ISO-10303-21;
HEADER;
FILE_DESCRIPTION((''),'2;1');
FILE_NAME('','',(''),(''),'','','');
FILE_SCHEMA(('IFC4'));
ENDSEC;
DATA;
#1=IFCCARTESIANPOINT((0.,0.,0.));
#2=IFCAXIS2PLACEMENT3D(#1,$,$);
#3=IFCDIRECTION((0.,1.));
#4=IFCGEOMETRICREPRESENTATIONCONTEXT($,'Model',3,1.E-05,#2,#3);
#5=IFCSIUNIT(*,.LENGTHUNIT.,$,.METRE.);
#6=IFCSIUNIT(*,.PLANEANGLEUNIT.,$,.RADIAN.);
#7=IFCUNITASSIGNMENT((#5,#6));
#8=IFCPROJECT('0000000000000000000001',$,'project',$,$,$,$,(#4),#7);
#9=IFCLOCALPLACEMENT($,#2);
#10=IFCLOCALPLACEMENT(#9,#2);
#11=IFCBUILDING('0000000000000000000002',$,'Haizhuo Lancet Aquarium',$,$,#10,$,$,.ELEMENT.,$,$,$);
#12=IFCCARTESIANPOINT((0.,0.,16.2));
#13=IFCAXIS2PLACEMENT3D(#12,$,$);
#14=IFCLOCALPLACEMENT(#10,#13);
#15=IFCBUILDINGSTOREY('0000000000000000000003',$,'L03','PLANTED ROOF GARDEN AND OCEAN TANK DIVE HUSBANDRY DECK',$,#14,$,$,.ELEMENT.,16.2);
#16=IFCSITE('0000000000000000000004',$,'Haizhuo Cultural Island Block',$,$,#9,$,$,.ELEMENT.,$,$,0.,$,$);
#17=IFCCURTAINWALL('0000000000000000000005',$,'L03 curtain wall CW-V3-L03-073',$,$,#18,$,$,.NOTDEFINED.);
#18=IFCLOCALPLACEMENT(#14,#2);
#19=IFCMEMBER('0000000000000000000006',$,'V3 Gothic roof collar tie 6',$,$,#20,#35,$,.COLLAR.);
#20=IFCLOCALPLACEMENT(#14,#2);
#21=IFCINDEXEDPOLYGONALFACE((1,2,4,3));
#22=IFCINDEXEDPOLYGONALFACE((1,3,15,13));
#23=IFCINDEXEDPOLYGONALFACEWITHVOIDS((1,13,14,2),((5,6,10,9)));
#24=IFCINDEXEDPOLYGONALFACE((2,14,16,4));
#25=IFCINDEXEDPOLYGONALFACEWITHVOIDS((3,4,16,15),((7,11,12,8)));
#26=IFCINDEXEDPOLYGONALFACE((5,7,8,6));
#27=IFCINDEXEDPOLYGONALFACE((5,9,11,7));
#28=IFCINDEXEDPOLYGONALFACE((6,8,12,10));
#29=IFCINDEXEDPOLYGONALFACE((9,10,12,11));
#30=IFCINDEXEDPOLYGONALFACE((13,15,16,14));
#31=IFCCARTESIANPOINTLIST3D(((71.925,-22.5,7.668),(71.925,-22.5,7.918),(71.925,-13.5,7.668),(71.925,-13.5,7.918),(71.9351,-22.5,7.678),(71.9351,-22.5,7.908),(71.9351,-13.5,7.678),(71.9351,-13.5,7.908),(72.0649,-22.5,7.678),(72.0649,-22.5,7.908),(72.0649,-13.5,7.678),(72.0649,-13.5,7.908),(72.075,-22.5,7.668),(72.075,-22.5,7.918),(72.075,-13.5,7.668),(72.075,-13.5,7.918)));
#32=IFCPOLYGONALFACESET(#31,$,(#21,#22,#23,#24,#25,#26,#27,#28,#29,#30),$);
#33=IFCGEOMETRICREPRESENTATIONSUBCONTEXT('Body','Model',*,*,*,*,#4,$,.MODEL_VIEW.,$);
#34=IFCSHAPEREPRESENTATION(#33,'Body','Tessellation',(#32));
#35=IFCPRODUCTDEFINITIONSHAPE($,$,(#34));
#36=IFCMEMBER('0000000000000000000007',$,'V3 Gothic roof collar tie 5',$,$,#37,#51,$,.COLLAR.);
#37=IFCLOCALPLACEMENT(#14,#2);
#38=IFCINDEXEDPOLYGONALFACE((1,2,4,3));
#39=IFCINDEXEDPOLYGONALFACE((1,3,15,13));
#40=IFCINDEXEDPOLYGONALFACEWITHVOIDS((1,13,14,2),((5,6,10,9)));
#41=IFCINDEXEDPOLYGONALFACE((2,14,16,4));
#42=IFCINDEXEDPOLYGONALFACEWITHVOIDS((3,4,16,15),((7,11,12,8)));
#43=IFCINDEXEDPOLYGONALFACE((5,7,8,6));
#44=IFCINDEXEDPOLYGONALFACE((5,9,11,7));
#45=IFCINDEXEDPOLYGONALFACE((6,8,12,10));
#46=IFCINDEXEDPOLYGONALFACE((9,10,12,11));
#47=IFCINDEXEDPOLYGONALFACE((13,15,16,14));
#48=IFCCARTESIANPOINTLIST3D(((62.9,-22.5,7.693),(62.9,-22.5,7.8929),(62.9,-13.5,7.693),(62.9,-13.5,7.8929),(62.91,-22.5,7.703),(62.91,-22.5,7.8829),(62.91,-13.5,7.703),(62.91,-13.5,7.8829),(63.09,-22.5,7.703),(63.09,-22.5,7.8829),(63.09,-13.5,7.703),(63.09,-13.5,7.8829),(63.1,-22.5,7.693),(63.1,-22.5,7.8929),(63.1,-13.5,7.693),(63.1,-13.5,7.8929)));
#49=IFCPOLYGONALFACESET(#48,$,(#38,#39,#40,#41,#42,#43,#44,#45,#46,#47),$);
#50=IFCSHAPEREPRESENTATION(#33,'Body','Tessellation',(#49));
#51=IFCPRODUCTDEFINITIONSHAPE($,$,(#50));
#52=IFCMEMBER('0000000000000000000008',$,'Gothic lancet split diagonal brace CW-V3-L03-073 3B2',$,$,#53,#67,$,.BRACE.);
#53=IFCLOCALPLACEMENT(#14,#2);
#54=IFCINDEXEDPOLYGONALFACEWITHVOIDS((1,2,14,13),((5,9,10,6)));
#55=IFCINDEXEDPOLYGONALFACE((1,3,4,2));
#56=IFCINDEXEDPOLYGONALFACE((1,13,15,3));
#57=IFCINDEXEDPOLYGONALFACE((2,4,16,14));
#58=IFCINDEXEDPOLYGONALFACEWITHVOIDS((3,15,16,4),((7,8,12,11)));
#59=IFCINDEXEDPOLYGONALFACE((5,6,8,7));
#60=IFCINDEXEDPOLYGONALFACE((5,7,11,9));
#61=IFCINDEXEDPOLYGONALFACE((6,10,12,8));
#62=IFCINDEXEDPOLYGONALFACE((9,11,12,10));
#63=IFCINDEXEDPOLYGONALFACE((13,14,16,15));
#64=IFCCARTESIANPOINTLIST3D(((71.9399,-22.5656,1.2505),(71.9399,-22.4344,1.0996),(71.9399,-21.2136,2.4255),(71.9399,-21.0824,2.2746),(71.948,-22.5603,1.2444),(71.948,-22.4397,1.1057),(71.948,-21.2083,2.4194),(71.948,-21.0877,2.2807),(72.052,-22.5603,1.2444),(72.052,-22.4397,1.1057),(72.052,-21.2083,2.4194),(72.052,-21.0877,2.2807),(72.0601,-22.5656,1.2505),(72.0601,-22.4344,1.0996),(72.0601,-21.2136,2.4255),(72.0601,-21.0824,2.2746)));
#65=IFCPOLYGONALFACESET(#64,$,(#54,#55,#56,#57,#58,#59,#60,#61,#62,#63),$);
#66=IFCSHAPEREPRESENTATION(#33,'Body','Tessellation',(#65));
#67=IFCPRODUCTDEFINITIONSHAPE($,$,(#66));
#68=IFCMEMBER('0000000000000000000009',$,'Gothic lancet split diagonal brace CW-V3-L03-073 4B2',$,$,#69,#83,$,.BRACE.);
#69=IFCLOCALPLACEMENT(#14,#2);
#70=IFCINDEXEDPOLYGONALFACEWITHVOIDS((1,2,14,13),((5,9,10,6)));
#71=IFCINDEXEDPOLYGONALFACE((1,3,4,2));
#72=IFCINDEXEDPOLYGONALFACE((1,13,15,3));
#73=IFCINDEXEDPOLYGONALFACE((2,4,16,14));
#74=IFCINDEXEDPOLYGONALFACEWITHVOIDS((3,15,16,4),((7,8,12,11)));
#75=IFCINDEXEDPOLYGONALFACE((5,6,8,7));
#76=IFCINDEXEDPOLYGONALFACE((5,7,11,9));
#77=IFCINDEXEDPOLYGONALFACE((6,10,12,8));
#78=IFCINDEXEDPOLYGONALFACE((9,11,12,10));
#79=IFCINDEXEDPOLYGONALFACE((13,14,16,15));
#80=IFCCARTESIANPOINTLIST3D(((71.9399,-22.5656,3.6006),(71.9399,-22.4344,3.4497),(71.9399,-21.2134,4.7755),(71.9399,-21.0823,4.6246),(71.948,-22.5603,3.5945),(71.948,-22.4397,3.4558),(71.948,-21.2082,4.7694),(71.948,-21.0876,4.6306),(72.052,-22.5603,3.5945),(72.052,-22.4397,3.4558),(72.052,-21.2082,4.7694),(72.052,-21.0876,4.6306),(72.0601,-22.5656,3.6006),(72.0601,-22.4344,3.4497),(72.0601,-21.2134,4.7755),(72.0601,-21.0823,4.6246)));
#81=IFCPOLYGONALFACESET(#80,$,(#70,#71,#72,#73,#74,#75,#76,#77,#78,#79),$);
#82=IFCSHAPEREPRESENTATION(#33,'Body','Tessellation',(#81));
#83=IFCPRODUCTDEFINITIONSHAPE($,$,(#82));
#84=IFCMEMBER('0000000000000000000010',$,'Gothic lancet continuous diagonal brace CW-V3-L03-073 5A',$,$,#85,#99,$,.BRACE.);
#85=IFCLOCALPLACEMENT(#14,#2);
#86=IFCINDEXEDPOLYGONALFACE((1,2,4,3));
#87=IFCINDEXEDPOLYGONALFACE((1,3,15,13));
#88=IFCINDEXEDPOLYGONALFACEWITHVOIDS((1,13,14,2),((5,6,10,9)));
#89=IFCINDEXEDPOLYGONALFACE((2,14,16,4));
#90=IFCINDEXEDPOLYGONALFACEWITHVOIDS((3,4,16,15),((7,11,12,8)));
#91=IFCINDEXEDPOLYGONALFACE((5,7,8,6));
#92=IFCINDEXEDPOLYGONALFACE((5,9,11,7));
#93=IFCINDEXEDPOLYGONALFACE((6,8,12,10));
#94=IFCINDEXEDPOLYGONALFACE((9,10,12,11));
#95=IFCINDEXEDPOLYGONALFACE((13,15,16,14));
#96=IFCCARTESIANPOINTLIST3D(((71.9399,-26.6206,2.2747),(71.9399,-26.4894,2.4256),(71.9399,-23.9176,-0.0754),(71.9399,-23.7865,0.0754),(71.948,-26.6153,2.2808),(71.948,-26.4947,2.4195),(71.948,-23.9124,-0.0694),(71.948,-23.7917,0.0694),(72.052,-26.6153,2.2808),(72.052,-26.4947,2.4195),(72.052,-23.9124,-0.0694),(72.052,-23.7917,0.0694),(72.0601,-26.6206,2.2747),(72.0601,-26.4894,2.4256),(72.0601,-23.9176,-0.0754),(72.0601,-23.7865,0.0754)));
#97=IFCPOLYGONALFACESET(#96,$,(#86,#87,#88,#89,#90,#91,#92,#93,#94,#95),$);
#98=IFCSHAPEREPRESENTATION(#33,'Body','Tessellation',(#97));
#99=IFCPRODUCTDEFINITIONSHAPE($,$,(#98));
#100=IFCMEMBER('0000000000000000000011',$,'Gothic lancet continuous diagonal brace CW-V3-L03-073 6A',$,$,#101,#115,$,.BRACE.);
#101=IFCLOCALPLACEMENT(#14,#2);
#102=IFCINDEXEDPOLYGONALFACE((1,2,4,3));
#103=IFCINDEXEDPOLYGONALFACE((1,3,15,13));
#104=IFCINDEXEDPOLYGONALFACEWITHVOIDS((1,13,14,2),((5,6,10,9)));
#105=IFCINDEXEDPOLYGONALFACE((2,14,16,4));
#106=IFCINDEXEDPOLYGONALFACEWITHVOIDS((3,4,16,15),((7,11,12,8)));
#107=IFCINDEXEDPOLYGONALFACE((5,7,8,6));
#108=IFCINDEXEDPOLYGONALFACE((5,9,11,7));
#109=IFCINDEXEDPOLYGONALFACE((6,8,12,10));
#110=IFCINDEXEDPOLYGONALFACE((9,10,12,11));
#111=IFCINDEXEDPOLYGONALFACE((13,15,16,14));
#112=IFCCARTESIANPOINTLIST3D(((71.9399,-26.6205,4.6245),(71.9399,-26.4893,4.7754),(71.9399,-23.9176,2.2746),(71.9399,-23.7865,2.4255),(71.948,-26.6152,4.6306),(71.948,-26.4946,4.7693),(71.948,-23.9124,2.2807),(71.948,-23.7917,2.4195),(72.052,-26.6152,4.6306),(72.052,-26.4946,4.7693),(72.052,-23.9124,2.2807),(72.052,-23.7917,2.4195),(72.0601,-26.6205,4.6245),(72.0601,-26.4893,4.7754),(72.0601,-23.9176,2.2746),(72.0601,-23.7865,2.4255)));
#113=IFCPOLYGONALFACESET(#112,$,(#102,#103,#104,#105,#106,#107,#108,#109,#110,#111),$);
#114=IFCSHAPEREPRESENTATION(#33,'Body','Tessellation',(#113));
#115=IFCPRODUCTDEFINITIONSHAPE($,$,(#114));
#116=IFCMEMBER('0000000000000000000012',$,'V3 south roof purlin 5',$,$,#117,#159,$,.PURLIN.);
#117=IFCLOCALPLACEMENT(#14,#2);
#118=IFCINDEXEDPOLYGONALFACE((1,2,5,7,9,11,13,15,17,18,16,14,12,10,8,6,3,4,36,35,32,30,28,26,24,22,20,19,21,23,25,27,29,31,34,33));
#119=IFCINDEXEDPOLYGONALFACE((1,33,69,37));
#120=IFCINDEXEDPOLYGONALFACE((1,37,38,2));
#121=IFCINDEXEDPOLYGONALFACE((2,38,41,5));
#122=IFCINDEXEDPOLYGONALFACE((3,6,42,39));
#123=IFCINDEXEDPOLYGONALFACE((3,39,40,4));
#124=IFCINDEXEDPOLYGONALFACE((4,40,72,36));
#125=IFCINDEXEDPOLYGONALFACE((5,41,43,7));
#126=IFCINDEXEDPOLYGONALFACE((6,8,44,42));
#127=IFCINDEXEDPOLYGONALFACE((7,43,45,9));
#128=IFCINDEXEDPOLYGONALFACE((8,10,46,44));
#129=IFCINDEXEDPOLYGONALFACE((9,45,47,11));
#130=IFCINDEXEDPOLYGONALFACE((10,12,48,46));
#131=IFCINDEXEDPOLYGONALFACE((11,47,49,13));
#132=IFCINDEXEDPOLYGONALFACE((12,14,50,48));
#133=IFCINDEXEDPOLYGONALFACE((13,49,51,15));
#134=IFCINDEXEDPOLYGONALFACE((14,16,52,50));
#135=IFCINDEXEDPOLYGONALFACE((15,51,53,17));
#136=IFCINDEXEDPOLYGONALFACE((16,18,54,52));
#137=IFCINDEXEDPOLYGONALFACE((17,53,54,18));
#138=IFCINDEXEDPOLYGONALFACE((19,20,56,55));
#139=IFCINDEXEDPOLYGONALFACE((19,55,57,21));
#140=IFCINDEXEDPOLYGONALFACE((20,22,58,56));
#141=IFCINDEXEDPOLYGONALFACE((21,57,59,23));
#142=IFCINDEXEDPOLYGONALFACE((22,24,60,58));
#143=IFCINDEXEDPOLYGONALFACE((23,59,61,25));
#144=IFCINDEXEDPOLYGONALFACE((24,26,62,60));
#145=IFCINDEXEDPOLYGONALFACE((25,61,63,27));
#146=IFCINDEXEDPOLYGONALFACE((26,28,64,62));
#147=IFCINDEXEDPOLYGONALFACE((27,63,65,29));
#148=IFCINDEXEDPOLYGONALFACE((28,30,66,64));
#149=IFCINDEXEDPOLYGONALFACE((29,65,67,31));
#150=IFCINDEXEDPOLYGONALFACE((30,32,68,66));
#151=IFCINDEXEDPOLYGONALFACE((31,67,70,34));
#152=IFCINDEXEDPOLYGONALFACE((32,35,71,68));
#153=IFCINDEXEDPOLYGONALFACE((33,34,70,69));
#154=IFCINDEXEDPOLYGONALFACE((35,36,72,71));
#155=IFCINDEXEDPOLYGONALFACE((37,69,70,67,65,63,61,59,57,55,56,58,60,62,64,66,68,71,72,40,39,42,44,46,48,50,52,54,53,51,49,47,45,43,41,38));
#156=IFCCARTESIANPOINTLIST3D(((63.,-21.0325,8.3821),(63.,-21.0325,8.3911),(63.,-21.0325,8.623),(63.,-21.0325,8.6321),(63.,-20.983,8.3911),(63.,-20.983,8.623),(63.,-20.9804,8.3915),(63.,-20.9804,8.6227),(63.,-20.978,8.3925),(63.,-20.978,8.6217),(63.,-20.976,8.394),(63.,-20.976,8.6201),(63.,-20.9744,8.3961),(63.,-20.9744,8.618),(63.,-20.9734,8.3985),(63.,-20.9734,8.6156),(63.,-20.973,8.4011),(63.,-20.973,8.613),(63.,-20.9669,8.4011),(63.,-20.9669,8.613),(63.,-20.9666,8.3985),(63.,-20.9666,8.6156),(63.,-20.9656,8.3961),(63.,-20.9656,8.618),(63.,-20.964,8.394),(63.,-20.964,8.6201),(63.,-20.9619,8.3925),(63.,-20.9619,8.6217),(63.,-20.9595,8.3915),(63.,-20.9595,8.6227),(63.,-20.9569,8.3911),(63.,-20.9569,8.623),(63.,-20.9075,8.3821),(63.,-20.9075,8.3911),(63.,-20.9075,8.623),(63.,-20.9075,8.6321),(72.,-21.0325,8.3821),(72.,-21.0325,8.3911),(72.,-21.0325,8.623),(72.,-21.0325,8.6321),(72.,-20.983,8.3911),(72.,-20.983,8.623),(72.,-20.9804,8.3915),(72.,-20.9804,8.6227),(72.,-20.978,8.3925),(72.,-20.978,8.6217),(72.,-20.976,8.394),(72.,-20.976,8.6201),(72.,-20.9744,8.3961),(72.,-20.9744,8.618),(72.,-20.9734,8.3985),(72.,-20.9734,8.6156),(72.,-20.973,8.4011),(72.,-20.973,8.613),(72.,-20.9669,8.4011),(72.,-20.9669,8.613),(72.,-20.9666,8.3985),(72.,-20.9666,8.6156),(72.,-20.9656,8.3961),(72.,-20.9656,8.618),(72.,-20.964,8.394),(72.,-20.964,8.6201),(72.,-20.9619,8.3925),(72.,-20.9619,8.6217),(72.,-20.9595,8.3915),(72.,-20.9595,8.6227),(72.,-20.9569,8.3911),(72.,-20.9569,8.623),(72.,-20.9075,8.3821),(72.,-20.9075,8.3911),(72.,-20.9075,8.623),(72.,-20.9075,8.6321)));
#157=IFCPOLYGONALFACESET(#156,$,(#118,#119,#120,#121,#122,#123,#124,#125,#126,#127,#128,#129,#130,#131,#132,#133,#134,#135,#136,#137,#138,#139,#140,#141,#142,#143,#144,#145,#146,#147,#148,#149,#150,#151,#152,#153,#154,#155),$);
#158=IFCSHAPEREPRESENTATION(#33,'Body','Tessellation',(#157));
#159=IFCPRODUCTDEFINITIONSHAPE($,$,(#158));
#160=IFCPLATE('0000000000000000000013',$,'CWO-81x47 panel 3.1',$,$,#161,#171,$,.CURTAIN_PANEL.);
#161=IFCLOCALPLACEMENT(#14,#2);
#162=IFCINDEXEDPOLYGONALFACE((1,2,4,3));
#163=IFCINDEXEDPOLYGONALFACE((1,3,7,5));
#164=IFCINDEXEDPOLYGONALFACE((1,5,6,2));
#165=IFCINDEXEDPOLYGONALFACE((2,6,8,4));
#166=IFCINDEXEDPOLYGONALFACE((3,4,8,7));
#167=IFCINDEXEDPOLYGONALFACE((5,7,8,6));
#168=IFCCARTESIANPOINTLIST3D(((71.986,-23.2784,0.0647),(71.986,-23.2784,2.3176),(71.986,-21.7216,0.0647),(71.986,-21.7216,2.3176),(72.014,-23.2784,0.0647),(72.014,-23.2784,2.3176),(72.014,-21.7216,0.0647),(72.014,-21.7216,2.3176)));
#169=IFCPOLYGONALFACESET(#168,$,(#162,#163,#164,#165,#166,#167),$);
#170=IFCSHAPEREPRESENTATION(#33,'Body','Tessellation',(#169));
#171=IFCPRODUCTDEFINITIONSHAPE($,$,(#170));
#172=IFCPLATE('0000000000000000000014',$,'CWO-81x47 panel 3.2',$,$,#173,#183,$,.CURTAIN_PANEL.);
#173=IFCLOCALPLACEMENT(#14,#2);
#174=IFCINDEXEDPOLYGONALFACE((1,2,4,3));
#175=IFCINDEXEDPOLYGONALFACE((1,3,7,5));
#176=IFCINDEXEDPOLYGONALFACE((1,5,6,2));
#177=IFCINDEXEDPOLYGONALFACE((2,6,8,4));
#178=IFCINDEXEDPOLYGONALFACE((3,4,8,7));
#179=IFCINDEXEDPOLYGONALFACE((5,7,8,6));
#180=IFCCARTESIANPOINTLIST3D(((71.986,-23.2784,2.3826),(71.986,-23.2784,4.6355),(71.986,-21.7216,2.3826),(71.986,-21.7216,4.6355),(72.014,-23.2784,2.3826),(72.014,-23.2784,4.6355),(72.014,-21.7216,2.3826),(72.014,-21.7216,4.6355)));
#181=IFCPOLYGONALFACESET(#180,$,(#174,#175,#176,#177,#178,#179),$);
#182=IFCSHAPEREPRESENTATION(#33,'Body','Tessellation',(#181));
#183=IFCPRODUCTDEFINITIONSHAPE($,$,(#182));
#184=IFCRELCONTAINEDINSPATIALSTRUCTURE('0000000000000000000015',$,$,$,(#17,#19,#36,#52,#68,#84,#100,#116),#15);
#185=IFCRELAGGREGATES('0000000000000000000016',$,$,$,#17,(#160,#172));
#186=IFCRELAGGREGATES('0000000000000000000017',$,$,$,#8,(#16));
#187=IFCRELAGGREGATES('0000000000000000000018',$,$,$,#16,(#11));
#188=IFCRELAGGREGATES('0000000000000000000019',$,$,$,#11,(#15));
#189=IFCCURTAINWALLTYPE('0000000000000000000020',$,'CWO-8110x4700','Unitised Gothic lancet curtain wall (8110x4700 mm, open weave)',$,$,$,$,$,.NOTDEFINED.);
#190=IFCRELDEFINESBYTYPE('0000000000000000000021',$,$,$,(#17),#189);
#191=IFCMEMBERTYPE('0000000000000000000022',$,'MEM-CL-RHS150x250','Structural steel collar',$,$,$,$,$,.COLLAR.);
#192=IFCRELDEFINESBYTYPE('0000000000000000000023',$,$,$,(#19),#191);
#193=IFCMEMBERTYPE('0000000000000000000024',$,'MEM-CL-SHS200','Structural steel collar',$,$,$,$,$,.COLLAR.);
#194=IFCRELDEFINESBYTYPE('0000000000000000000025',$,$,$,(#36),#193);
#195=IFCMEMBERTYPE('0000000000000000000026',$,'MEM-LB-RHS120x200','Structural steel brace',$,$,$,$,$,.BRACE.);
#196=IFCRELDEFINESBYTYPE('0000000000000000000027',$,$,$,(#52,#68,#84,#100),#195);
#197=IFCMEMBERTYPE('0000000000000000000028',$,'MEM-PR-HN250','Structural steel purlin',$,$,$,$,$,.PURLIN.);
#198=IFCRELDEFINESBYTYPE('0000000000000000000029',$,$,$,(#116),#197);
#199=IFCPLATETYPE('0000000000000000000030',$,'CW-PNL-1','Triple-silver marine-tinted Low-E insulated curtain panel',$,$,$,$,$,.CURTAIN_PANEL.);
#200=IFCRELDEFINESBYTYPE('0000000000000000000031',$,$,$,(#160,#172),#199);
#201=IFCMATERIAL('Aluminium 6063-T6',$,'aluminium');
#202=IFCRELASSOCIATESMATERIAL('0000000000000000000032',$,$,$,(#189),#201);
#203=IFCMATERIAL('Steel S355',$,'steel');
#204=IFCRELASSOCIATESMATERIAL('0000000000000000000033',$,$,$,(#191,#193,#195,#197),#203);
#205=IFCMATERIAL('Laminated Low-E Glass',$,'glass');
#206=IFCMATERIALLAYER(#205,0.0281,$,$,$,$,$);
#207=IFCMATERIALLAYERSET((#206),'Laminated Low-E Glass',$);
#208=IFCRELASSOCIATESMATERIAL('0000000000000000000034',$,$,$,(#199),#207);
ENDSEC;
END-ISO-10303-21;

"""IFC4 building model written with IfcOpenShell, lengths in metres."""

from ifc_helpers import new_model, si_unit, direction, frame, origin, origin_2d, place, context, subcontext, project, spatial, rectangle, hollow_rectangle, i_section, extrude, material, layer, layer_set, material_profile, profile_set, type_object, element, aggregate, save


model = new_model("IFC4")

# Units and contexts
model_context = context("Model", 3, precision=1e-05, world=origin(), true_north=direction((0.0, 1.0)))
body_context = subcontext(model_context, "Body", "Model", "MODEL_VIEW")
ifc_project = project(units=[si_unit("LENGTHUNIT", "METRE"), si_unit("PLANEANGLEUNIT", "RADIAN")], contexts=[model_context])

# Site, building, storey
site_placement = place(None, origin())
site = spatial("IfcSite", under=ifc_project, at=site_placement, Name="Haizhuo Cultural Island Block", CompositionType="ELEMENT", RefElevation=0.0)
building_placement = place(site_placement, origin())
building = spatial("IfcBuilding", under=site, at=building_placement, Name="Haizhuo Lancet Aquarium", CompositionType="ELEMENT")
storey_placement = place(building_placement, frame((0.0, 0.0, 16.2)))
storey = spatial("IfcBuildingStorey", under=building, at=storey_placement, Name="L03", Description="PLANTED ROOF GARDEN AND OCEAN TANK DIVE HUSBANDRY DECK", CompositionType="ELEMENT", Elevation=16.2)

# Curtain wall
ifc_material_1 = material(Name="Aluminium 6063-T6", Category="aluminium")
curtain_wall_type = type_object("IfcCurtainWallType", Name="CWO-8110x4700", Description="Unitised Gothic lancet curtain wall (8110x4700 mm, open weave)", PredefinedType="NOTDEFINED", material=ifc_material_1)
curtain_wall_placement = place(storey_placement, origin())
curtain_wall = element("IfcCurtainWall", 1, at=curtain_wall_placement, inside=storey, type_object=curtain_wall_type, Name="L03 curtain wall CW-V3-L03-073", PredefinedType="NOTDEFINED")

# Members
ifc_material_2 = material(Name="Steel S355", Category="steel")
ifc_material_profile_1 = material_profile(ifc_material_2, hollow_rectangle(XDim=0.1499, YDim=0.25, WallThickness=0.01, at=origin_2d()), Name="RHS 150x250x10")
ifc_profile_set_1 = profile_set([ifc_material_profile_1], Name="Steel S355")
member_type_1 = type_object("IfcMemberType", Name="MEM-CL-RHS150x250", Description="Structural steel collar", PredefinedType="COLLAR", material=ifc_profile_set_1)
member_1_placement = place(storey_placement, frame((72.0, -22.5, 7.793), z_axis=(0.0, 1.0, 0.0), x_axis=(-1.0, 0.0, 0.0)))
element("IfcMember", 2, at=member_1_placement, inside=storey, type_object=member_type_1, Name="V3 Gothic roof collar tie 6", PredefinedType="COLLAR", context=body_context, shape_type="SweptSolid", body=[
    extrude(hollow_rectangle(XDim=0.1499, YDim=0.25, WallThickness=0.01, at=origin_2d()), origin(), (0.0, 0.0, 1.0), 9.0),
])
ifc_material_profile_2 = material_profile(ifc_material_2, hollow_rectangle(XDim=0.2, YDim=0.2, WallThickness=0.01, at=origin_2d()), Name="SHS 200x200x10")
ifc_profile_set_2 = profile_set([ifc_material_profile_2], Name="Steel S355")
member_type_2 = type_object("IfcMemberType", Name="MEM-CL-SHS200", Description="Structural steel collar", PredefinedType="COLLAR", material=ifc_profile_set_2)
member_2_placement = place(storey_placement, frame((63.0, -22.5, 7.793), z_axis=(0.0, 1.0, 0.0), x_axis=(-1.0, 0.0, 0.0)))
element("IfcMember", 3, at=member_2_placement, inside=storey, type_object=member_type_2, Name="V3 Gothic roof collar tie 5", PredefinedType="COLLAR", context=body_context, shape_type="SweptSolid", body=[
    extrude(hollow_rectangle(XDim=0.2, YDim=0.2, WallThickness=0.01, at=origin_2d()), origin(), (0.0, 0.0, 1.0), 9.0),
])
ifc_material_profile_3 = material_profile(ifc_material_2, hollow_rectangle(XDim=0.1201, YDim=0.2, WallThickness=0.0081, at=origin_2d()), Name="RHS 120x200x8")
ifc_profile_set_3 = profile_set([ifc_material_profile_3], Name="Steel S355")
member_type_3 = type_object("IfcMemberType", Name="MEM-LB-RHS120x200", Description="Structural steel brace", PredefinedType="BRACE", material=ifc_profile_set_3)
for number, where, z_axis, x_axis, name in (
    (4, (72.0, -22.5, 1.175), (0.0, 0.754784, 0.655973), (-1.0, 0.0, 0.0), "Gothic lancet split diagonal brace CW-V3-L03-073 3B2"),
    (5, (72.0, -22.5, 3.5251), (0.0, 0.754852, 0.655895), (-1.0, 0.0, 0.0), "Gothic lancet split diagonal brace CW-V3-L03-073 4B2"),
):
    element("IfcMember", number, at=place(storey_placement, frame(where, z_axis=z_axis, x_axis=x_axis)), inside=storey, type_object=member_type_3, Name=name, PredefinedType="BRACE", context=body_context, shape_type="SweptSolid", body=[
        extrude(hollow_rectangle(XDim=0.1201, YDim=0.2, WallThickness=0.0081, at=origin_2d()), origin(), (0.0, 0.0, 1.0), 1.7913),
    ])
member_3_placement = place(storey_placement, frame((72.0, -23.8521, 0.0), z_axis=(0.0, -0.754638, 0.656142), x_axis=(1.0, 0.0, 0.0)))
element("IfcMember", 6, at=member_3_placement, inside=storey, type_object=member_type_3, Name="Gothic lancet continuous diagonal brace CW-V3-L03-073 5A", PredefinedType="BRACE", context=body_context, shape_type="SweptSolid", body=[
    extrude(hollow_rectangle(XDim=0.1201, YDim=0.2, WallThickness=0.0081, at=origin_2d()), origin(), (0.0, 0.0, 1.0), 3.5818),
])
member_4_placement = place(storey_placement, frame((72.0, -23.8521, 2.3501), z_axis=(0.0, -0.754672, 0.656103), x_axis=(1.0, 0.0, 0.0)))
element("IfcMember", 7, at=member_4_placement, inside=storey, type_object=member_type_3, Name="Gothic lancet continuous diagonal brace CW-V3-L03-073 6A", PredefinedType="BRACE", context=body_context, shape_type="SweptSolid", body=[
    extrude(hollow_rectangle(XDim=0.1201, YDim=0.2, WallThickness=0.0081, at=origin_2d()), origin(), (0.0, 0.0, 1.0), 3.5815),
])
ifc_material_profile_4 = material_profile(ifc_material_2, i_section(OverallWidth=0.125, OverallDepth=0.25, WebThickness=0.0061, FlangeThickness=0.009, FilletRadius=0.01, at=origin_2d()), Name="HN 250x125x6x9")
ifc_profile_set_4 = profile_set([ifc_material_profile_4], Name="Steel S355")
member_type_4 = type_object("IfcMemberType", Name="MEM-PR-HN250", Description="Structural steel purlin", PredefinedType="PURLIN", material=ifc_profile_set_4)
member_5_placement = place(storey_placement, frame((63.0, -20.97, 8.5071), z_axis=(1.0, 0.0, 0.0), x_axis=(0.0, 1.0, 0.0)))
element("IfcMember", 8, at=member_5_placement, inside=storey, type_object=member_type_4, Name="V3 south roof purlin 5", PredefinedType="PURLIN", context=body_context, shape_type="SweptSolid", body=[
    extrude(i_section(OverallWidth=0.125, OverallDepth=0.25, WebThickness=0.0061, FlangeThickness=0.009, FilletRadius=0.01, at=origin_2d()), origin(), (0.0, 0.0, 1.0), 9.0),
])

# Plates
ifc_material_3 = material(Name="Laminated Low-E Glass", Category="glass")
ifc_layer_1 = layer(ifc_material_3, 0.0281)
ifc_layer_set_1 = layer_set([ifc_layer_1], Name="Laminated Low-E Glass")
plate_type_1 = type_object("IfcPlateType", Name="CW-PNL-1", Description="Triple-silver marine-tinted Low-E insulated curtain panel", PredefinedType="CURTAIN_PANEL", material=ifc_layer_set_1)
plate_1_placement = place(storey_placement, frame((72.0, -22.5, 0.0647), z_axis=(0.0, 0.0, 1.0), x_axis=(0.0, -1.0, 0.0)))
plate_1 = element("IfcPlate", 9, at=plate_1_placement, type_object=plate_type_1, Name="CWO-81x47 panel 3.1", PredefinedType="CURTAIN_PANEL", context=body_context, shape_type="SweptSolid", body=[
    extrude(rectangle(XDim=1.5569, YDim=0.0281, at=origin_2d()), origin(), (0.0, 0.0, 1.0), 2.2529),
])
plate_2_placement = place(storey_placement, frame((72.0, -22.5, 2.3826), z_axis=(0.0, 0.0, 1.0), x_axis=(0.0, -1.0, 0.0)))
plate_2 = element("IfcPlate", 10, at=plate_2_placement, type_object=plate_type_1, Name="CWO-81x47 panel 3.2", PredefinedType="CURTAIN_PANEL", context=body_context, shape_type="SweptSolid", body=[
    extrude(rectangle(XDim=1.5569, YDim=0.0281, at=origin_2d()), origin(), (0.0, 0.0, 1.0), 2.2529),
])
aggregate(curtain_wall, [plate_1, plate_2])

save(model, "model.ifc")
